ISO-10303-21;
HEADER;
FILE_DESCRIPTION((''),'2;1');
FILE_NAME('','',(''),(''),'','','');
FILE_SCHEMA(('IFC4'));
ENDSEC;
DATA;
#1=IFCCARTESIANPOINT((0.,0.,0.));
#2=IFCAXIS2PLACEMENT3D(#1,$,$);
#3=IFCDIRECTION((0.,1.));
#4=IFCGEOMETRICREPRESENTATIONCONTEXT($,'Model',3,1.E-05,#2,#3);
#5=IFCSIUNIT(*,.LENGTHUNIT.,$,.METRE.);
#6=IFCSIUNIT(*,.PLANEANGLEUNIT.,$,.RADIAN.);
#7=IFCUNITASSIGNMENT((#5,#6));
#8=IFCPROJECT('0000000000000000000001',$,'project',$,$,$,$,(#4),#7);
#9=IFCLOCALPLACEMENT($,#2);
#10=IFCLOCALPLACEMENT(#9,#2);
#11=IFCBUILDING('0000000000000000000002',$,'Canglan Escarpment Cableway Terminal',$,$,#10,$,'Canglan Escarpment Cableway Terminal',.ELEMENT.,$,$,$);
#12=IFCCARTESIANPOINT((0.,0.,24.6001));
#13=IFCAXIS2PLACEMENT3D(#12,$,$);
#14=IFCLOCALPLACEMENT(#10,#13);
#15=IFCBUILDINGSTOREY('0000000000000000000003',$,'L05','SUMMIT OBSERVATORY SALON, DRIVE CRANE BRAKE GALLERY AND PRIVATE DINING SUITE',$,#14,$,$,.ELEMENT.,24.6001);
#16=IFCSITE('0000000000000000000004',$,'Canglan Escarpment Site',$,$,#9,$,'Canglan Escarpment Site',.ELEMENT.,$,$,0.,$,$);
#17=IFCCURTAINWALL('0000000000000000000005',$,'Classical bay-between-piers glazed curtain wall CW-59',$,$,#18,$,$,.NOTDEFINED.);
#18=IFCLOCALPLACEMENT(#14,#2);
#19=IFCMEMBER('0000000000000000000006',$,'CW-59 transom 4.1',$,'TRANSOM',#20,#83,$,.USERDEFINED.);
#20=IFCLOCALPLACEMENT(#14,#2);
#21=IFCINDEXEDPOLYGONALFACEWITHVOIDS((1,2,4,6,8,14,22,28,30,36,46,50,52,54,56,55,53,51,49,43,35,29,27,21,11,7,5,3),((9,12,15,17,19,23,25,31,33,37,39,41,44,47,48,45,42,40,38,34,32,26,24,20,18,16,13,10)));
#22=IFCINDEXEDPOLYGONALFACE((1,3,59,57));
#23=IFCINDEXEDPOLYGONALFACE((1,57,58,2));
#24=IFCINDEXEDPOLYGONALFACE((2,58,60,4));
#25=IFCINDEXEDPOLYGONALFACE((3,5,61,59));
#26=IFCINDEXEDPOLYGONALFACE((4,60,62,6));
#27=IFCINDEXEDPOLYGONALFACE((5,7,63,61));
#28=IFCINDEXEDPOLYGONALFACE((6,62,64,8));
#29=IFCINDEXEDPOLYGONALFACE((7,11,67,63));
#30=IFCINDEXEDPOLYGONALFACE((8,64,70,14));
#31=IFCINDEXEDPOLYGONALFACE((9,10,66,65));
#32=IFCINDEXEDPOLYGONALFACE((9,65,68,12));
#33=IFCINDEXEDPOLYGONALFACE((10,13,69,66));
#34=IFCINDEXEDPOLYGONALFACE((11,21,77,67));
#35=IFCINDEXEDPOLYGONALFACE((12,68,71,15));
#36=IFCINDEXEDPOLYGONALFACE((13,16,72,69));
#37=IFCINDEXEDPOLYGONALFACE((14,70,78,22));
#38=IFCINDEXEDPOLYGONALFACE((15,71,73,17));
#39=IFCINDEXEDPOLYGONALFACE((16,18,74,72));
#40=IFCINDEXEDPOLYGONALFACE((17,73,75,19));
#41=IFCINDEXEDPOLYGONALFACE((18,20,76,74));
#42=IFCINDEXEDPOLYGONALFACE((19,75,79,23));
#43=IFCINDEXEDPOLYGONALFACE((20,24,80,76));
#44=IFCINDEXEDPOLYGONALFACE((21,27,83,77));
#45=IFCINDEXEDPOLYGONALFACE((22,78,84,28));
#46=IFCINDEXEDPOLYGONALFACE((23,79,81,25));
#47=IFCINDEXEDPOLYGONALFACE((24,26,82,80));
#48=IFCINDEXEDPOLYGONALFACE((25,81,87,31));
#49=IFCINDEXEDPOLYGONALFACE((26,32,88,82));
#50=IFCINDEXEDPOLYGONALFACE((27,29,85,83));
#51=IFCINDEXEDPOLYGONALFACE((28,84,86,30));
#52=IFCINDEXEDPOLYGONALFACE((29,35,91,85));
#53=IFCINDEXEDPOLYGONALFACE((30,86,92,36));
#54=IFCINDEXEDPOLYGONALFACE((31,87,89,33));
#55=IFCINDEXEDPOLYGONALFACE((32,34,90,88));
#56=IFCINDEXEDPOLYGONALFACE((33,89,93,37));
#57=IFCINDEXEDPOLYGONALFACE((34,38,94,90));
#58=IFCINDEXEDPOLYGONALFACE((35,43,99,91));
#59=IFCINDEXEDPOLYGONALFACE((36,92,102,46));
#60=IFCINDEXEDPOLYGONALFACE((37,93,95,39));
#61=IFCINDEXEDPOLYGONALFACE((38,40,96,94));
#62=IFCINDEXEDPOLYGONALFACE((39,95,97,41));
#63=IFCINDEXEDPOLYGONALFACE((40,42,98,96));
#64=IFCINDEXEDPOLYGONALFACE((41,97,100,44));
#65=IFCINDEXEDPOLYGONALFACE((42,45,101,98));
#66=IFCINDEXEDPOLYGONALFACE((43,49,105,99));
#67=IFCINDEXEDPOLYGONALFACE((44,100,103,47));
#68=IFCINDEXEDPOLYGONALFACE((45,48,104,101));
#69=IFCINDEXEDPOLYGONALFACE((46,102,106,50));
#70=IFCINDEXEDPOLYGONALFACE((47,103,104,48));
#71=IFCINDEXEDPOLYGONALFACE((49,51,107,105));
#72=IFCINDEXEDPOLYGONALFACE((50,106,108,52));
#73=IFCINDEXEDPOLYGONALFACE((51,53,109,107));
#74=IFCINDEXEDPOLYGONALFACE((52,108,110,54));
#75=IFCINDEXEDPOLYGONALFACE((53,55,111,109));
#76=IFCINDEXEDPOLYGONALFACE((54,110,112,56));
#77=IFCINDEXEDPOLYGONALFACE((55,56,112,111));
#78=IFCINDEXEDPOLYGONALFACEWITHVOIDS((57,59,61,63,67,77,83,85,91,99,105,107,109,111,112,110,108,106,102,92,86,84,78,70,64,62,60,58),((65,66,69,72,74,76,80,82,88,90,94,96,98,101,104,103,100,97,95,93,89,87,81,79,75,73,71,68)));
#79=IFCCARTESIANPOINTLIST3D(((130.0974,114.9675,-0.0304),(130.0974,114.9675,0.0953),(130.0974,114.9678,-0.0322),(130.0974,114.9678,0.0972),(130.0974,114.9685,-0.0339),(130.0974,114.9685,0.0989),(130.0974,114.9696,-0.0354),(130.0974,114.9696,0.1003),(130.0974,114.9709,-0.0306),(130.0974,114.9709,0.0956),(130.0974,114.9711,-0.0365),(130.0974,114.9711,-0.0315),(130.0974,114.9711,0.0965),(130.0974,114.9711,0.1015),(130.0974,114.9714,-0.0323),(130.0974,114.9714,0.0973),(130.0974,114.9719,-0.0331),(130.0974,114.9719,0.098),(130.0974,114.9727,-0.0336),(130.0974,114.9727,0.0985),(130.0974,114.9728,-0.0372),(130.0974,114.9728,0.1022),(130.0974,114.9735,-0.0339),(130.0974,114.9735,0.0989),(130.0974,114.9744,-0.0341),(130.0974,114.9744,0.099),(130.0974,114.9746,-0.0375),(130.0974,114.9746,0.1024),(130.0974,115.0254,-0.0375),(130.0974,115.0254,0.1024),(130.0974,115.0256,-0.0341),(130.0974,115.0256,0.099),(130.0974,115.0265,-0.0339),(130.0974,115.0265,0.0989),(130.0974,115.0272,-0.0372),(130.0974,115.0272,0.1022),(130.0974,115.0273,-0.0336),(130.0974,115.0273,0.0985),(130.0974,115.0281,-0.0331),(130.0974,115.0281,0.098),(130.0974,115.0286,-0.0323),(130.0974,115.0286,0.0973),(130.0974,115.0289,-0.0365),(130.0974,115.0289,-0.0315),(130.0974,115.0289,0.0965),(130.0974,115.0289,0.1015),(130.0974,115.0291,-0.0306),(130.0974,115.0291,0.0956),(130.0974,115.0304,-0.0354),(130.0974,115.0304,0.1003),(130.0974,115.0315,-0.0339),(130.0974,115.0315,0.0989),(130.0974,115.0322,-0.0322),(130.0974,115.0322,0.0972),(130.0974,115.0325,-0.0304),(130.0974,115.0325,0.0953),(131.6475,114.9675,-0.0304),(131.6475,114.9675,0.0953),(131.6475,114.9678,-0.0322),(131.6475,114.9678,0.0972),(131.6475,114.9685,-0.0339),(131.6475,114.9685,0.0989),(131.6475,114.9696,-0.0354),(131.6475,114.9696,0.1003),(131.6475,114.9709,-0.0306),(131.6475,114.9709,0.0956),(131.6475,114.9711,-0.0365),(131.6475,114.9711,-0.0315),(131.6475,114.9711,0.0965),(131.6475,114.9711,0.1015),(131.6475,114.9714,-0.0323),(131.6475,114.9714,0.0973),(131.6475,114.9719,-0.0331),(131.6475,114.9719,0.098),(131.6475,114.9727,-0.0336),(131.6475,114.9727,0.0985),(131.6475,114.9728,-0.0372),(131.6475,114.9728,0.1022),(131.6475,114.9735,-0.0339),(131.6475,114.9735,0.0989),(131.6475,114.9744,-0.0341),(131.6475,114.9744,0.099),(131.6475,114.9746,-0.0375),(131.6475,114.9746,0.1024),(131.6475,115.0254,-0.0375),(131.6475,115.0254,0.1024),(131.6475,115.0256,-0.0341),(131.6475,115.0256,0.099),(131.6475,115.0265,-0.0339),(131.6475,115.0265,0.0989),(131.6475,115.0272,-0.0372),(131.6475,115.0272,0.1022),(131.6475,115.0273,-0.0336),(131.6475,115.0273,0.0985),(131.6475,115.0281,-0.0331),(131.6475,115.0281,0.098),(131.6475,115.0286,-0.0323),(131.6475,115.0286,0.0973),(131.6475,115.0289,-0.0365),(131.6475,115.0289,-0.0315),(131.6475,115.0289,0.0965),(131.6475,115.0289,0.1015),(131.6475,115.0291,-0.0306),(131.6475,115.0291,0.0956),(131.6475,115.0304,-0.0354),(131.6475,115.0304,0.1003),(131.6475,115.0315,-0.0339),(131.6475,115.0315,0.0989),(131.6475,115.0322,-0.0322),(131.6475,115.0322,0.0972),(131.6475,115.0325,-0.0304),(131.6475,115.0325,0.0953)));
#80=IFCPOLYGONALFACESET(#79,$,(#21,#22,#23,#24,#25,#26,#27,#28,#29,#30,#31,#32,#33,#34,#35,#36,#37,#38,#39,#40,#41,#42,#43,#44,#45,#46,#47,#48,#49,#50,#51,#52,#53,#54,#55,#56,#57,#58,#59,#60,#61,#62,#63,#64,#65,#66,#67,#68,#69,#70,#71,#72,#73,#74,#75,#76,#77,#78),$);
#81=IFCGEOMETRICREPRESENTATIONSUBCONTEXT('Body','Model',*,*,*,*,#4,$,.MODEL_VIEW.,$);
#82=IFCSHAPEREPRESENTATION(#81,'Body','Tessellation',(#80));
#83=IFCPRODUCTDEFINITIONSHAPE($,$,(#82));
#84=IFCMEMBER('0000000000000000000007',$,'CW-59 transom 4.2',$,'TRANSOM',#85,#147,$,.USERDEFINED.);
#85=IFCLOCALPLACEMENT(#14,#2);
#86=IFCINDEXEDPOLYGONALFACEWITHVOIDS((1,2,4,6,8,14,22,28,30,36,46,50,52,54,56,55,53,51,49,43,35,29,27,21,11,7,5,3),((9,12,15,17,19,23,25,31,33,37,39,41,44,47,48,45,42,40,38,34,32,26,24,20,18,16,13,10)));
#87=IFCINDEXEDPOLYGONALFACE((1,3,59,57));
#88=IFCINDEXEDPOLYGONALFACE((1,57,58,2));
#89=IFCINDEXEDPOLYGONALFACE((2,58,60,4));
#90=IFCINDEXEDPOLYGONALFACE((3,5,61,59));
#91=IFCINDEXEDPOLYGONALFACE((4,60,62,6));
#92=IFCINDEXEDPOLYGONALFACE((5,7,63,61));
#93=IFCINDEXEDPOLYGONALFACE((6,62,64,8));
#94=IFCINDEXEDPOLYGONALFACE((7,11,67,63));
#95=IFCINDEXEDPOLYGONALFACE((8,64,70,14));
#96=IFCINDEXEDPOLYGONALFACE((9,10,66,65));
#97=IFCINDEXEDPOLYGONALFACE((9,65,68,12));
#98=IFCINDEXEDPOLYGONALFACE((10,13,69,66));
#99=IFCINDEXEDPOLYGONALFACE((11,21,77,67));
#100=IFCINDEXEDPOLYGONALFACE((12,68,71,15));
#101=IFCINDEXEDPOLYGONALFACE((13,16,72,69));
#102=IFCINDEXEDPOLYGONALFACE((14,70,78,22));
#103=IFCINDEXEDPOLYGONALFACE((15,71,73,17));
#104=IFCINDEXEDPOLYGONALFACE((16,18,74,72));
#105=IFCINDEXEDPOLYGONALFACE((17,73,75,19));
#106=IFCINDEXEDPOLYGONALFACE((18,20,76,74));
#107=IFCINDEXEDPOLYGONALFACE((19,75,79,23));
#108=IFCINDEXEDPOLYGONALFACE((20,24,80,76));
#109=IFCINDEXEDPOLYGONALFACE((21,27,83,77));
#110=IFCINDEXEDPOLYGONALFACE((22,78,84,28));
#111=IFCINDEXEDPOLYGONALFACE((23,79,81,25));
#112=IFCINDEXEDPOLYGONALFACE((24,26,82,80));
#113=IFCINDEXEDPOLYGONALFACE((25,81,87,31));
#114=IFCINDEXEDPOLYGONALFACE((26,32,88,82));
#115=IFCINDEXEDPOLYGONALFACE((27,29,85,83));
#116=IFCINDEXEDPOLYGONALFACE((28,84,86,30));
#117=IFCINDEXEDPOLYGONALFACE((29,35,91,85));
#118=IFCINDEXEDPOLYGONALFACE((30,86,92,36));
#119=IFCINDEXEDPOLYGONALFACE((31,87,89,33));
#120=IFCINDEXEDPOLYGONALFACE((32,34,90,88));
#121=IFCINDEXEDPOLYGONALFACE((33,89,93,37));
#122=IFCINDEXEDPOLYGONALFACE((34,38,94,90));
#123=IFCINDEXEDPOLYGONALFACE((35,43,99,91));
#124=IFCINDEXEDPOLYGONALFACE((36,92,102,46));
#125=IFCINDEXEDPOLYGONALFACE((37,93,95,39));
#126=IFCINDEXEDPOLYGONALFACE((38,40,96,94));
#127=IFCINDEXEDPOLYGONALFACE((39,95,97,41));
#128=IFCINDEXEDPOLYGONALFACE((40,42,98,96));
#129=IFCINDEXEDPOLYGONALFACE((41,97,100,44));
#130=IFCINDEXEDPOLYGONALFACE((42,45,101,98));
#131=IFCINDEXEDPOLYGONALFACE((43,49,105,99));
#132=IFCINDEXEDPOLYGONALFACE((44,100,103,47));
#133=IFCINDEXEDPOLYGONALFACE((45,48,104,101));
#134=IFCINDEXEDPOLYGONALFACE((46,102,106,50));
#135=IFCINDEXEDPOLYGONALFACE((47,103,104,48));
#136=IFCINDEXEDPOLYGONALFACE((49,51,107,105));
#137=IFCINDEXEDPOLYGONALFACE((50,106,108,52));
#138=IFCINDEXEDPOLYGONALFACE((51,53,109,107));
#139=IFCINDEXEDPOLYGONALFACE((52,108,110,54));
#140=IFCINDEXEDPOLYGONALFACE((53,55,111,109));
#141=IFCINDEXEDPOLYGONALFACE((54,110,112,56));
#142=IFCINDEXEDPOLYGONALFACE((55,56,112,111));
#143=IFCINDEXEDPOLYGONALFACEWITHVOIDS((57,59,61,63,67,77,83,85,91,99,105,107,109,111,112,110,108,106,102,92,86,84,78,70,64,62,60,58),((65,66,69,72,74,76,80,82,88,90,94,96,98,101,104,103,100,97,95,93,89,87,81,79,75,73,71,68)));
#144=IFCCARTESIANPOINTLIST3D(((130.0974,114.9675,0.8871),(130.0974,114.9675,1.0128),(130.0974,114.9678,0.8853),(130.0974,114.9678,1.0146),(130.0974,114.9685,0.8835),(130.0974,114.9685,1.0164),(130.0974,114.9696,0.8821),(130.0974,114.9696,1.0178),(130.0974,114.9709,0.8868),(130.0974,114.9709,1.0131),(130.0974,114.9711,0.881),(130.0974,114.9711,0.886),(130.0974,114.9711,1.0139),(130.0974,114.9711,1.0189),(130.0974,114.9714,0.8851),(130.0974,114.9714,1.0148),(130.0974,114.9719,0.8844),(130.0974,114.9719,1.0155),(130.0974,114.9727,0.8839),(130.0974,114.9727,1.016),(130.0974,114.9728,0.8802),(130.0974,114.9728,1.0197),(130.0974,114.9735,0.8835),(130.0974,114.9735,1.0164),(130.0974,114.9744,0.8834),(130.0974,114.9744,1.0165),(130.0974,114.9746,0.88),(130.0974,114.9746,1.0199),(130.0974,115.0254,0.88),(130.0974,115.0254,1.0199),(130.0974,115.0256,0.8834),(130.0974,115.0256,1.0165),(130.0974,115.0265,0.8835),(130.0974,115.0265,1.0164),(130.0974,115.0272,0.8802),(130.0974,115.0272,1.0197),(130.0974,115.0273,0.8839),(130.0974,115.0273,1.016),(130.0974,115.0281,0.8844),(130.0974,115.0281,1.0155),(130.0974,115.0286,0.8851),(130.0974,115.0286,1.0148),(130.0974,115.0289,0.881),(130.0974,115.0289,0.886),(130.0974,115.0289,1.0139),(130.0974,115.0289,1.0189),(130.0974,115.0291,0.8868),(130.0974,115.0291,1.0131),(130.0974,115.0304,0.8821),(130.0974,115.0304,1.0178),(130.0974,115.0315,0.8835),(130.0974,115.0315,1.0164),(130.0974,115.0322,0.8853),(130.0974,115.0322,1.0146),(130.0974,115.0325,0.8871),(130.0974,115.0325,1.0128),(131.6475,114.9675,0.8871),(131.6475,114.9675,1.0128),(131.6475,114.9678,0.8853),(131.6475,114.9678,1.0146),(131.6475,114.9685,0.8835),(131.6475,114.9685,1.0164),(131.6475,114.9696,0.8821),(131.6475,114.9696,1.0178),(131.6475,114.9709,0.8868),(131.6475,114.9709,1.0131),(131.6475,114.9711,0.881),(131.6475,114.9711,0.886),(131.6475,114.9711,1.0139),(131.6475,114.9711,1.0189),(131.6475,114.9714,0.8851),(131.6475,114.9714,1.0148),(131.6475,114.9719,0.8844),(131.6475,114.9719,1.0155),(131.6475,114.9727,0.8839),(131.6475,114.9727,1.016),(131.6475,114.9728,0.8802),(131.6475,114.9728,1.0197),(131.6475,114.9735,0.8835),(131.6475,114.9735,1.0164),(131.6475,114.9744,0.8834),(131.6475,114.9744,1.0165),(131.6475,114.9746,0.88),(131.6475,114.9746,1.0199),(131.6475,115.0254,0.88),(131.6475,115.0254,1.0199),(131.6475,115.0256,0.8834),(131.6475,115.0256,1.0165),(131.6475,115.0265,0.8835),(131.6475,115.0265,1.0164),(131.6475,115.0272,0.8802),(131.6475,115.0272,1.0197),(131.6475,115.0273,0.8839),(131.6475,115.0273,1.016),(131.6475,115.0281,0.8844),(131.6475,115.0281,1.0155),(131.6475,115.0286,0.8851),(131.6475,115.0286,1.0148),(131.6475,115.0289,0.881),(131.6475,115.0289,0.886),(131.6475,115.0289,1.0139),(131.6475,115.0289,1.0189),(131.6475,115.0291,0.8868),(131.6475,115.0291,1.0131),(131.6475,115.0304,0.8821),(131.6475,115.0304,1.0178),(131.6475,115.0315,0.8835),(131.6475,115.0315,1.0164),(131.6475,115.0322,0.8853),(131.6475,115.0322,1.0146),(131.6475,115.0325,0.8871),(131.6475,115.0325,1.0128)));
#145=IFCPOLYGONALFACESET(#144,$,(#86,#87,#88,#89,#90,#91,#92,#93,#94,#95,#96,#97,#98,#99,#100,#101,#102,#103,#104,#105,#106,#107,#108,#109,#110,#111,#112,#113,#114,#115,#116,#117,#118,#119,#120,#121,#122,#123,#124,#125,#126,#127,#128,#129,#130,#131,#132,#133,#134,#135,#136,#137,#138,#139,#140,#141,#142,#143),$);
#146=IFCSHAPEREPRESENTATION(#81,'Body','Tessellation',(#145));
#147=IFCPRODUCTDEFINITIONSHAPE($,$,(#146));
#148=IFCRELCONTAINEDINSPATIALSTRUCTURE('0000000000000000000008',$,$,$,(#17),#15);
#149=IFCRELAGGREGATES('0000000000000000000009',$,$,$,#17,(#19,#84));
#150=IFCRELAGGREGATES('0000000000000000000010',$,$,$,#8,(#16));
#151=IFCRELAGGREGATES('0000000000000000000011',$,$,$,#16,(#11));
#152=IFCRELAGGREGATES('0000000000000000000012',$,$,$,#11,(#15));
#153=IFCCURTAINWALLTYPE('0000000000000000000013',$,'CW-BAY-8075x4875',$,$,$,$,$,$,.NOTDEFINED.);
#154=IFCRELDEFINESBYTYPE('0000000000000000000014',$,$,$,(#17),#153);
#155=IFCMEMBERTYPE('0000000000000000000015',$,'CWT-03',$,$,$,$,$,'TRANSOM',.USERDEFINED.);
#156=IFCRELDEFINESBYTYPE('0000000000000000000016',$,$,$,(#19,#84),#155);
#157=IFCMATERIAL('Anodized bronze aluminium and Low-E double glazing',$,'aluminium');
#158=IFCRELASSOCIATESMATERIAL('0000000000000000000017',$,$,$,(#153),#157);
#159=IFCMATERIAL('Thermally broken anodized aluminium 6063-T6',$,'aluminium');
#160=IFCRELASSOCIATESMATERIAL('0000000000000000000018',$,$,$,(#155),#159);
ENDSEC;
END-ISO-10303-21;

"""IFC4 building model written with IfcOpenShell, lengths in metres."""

from ifc_helpers import new_model, si_unit, direction, frame, origin, origin_2d, place, context, subcontext, project, spatial, hollow_rectangle, extrude, material, material_profile, profile_set, type_object, element, aggregate, save


model = new_model("IFC4")

# Units and contexts
model_context = context("Model", 3, precision=1e-05, world=origin(), true_north=direction((0.0, 1.0)))
body_context = subcontext(model_context, "Body", "Model", "MODEL_VIEW")
ifc_project = project(units=[si_unit("LENGTHUNIT", "METRE"), si_unit("PLANEANGLEUNIT", "RADIAN")], contexts=[model_context])

# Site, building, storey
site_placement = place(None, origin())
site = spatial("IfcSite", under=ifc_project, at=site_placement, Name="Canglan Escarpment Site", LongName="Canglan Escarpment Site", CompositionType="ELEMENT", RefElevation=0.0)
building_placement = place(site_placement, origin())
building = spatial("IfcBuilding", under=site, at=building_placement, Name="Canglan Escarpment Cableway Terminal", LongName="Canglan Escarpment Cableway Terminal", CompositionType="ELEMENT")
storey_placement = place(building_placement, frame((0.0, 0.0, 24.6001)))
storey = spatial("IfcBuildingStorey", under=building, at=storey_placement, Name="L05", Description="SUMMIT OBSERVATORY SALON, DRIVE CRANE BRAKE GALLERY AND PRIVATE DINING SUITE", CompositionType="ELEMENT", Elevation=24.6001)

# Curtain wall, members
ifc_material_1 = material(Name="Anodized bronze aluminium and Low-E double glazing", Category="aluminium")
curtain_wall_type = type_object("IfcCurtainWallType", Name="CW-BAY-8075x4875", PredefinedType="NOTDEFINED", material=ifc_material_1)
curtain_wall_placement = place(storey_placement, origin())
curtain_wall = element("IfcCurtainWall", 1, at=curtain_wall_placement, inside=storey, type_object=curtain_wall_type, Name="Classical bay-between-piers glazed curtain wall CW-59", PredefinedType="NOTDEFINED")
ifc_material_2 = material(Name="Thermally broken anodized aluminium 6063-T6", Category="aluminium")
ifc_material_profile_1 = material_profile(ifc_material_2, hollow_rectangle(XDim=0.0649, YDim=0.1399, WallThickness=0.0034, InnerFilletRadius=0.0034, OuterFilletRadius=0.0071, at=origin_2d()), Name="ALU-TRAN 65x140x3.5")
ifc_profile_set_1 = profile_set([ifc_material_profile_1], Name="Thermally broken anodized aluminium 6063-T6")
member_type_1 = type_object("IfcMemberType", Name="CWT-03", ElementType="TRANSOM", PredefinedType="USERDEFINED", material=ifc_profile_set_1)
member_1_placement = place(storey_placement, frame((131.6475, 115.0, 0.0325), z_axis=(-1.0, 0.0, 0.0), x_axis=(0.0, -1.0, 0.0)))
member_1 = element("IfcMember", 2, at=member_1_placement, type_object=member_type_1, Name="CW-59 transom 4.1", ObjectType="TRANSOM", PredefinedType="USERDEFINED", context=body_context, shape_type="SweptSolid", body=[
    extrude(hollow_rectangle(XDim=0.0649, YDim=0.1399, WallThickness=0.0034, InnerFilletRadius=0.0034, OuterFilletRadius=0.0071, at=origin_2d()), origin(), (0.0, 0.0, 1.0), 1.55),
])
member_2_placement = place(storey_placement, frame((131.6475, 115.0, 0.95), z_axis=(-1.0, 0.0, 0.0), x_axis=(0.0, -1.0, 0.0)))
member_2 = element("IfcMember", 3, at=member_2_placement, type_object=member_type_1, Name="CW-59 transom 4.2", ObjectType="TRANSOM", PredefinedType="USERDEFINED", context=body_context, shape_type="SweptSolid", body=[
    extrude(hollow_rectangle(XDim=0.0649, YDim=0.1399, WallThickness=0.0034, InnerFilletRadius=0.0034, OuterFilletRadius=0.0071, at=origin_2d()), origin(), (0.0, 0.0, 1.0), 1.55),
])
aggregate(curtain_wall, [member_1, member_2])

save(model, "model.ifc")
